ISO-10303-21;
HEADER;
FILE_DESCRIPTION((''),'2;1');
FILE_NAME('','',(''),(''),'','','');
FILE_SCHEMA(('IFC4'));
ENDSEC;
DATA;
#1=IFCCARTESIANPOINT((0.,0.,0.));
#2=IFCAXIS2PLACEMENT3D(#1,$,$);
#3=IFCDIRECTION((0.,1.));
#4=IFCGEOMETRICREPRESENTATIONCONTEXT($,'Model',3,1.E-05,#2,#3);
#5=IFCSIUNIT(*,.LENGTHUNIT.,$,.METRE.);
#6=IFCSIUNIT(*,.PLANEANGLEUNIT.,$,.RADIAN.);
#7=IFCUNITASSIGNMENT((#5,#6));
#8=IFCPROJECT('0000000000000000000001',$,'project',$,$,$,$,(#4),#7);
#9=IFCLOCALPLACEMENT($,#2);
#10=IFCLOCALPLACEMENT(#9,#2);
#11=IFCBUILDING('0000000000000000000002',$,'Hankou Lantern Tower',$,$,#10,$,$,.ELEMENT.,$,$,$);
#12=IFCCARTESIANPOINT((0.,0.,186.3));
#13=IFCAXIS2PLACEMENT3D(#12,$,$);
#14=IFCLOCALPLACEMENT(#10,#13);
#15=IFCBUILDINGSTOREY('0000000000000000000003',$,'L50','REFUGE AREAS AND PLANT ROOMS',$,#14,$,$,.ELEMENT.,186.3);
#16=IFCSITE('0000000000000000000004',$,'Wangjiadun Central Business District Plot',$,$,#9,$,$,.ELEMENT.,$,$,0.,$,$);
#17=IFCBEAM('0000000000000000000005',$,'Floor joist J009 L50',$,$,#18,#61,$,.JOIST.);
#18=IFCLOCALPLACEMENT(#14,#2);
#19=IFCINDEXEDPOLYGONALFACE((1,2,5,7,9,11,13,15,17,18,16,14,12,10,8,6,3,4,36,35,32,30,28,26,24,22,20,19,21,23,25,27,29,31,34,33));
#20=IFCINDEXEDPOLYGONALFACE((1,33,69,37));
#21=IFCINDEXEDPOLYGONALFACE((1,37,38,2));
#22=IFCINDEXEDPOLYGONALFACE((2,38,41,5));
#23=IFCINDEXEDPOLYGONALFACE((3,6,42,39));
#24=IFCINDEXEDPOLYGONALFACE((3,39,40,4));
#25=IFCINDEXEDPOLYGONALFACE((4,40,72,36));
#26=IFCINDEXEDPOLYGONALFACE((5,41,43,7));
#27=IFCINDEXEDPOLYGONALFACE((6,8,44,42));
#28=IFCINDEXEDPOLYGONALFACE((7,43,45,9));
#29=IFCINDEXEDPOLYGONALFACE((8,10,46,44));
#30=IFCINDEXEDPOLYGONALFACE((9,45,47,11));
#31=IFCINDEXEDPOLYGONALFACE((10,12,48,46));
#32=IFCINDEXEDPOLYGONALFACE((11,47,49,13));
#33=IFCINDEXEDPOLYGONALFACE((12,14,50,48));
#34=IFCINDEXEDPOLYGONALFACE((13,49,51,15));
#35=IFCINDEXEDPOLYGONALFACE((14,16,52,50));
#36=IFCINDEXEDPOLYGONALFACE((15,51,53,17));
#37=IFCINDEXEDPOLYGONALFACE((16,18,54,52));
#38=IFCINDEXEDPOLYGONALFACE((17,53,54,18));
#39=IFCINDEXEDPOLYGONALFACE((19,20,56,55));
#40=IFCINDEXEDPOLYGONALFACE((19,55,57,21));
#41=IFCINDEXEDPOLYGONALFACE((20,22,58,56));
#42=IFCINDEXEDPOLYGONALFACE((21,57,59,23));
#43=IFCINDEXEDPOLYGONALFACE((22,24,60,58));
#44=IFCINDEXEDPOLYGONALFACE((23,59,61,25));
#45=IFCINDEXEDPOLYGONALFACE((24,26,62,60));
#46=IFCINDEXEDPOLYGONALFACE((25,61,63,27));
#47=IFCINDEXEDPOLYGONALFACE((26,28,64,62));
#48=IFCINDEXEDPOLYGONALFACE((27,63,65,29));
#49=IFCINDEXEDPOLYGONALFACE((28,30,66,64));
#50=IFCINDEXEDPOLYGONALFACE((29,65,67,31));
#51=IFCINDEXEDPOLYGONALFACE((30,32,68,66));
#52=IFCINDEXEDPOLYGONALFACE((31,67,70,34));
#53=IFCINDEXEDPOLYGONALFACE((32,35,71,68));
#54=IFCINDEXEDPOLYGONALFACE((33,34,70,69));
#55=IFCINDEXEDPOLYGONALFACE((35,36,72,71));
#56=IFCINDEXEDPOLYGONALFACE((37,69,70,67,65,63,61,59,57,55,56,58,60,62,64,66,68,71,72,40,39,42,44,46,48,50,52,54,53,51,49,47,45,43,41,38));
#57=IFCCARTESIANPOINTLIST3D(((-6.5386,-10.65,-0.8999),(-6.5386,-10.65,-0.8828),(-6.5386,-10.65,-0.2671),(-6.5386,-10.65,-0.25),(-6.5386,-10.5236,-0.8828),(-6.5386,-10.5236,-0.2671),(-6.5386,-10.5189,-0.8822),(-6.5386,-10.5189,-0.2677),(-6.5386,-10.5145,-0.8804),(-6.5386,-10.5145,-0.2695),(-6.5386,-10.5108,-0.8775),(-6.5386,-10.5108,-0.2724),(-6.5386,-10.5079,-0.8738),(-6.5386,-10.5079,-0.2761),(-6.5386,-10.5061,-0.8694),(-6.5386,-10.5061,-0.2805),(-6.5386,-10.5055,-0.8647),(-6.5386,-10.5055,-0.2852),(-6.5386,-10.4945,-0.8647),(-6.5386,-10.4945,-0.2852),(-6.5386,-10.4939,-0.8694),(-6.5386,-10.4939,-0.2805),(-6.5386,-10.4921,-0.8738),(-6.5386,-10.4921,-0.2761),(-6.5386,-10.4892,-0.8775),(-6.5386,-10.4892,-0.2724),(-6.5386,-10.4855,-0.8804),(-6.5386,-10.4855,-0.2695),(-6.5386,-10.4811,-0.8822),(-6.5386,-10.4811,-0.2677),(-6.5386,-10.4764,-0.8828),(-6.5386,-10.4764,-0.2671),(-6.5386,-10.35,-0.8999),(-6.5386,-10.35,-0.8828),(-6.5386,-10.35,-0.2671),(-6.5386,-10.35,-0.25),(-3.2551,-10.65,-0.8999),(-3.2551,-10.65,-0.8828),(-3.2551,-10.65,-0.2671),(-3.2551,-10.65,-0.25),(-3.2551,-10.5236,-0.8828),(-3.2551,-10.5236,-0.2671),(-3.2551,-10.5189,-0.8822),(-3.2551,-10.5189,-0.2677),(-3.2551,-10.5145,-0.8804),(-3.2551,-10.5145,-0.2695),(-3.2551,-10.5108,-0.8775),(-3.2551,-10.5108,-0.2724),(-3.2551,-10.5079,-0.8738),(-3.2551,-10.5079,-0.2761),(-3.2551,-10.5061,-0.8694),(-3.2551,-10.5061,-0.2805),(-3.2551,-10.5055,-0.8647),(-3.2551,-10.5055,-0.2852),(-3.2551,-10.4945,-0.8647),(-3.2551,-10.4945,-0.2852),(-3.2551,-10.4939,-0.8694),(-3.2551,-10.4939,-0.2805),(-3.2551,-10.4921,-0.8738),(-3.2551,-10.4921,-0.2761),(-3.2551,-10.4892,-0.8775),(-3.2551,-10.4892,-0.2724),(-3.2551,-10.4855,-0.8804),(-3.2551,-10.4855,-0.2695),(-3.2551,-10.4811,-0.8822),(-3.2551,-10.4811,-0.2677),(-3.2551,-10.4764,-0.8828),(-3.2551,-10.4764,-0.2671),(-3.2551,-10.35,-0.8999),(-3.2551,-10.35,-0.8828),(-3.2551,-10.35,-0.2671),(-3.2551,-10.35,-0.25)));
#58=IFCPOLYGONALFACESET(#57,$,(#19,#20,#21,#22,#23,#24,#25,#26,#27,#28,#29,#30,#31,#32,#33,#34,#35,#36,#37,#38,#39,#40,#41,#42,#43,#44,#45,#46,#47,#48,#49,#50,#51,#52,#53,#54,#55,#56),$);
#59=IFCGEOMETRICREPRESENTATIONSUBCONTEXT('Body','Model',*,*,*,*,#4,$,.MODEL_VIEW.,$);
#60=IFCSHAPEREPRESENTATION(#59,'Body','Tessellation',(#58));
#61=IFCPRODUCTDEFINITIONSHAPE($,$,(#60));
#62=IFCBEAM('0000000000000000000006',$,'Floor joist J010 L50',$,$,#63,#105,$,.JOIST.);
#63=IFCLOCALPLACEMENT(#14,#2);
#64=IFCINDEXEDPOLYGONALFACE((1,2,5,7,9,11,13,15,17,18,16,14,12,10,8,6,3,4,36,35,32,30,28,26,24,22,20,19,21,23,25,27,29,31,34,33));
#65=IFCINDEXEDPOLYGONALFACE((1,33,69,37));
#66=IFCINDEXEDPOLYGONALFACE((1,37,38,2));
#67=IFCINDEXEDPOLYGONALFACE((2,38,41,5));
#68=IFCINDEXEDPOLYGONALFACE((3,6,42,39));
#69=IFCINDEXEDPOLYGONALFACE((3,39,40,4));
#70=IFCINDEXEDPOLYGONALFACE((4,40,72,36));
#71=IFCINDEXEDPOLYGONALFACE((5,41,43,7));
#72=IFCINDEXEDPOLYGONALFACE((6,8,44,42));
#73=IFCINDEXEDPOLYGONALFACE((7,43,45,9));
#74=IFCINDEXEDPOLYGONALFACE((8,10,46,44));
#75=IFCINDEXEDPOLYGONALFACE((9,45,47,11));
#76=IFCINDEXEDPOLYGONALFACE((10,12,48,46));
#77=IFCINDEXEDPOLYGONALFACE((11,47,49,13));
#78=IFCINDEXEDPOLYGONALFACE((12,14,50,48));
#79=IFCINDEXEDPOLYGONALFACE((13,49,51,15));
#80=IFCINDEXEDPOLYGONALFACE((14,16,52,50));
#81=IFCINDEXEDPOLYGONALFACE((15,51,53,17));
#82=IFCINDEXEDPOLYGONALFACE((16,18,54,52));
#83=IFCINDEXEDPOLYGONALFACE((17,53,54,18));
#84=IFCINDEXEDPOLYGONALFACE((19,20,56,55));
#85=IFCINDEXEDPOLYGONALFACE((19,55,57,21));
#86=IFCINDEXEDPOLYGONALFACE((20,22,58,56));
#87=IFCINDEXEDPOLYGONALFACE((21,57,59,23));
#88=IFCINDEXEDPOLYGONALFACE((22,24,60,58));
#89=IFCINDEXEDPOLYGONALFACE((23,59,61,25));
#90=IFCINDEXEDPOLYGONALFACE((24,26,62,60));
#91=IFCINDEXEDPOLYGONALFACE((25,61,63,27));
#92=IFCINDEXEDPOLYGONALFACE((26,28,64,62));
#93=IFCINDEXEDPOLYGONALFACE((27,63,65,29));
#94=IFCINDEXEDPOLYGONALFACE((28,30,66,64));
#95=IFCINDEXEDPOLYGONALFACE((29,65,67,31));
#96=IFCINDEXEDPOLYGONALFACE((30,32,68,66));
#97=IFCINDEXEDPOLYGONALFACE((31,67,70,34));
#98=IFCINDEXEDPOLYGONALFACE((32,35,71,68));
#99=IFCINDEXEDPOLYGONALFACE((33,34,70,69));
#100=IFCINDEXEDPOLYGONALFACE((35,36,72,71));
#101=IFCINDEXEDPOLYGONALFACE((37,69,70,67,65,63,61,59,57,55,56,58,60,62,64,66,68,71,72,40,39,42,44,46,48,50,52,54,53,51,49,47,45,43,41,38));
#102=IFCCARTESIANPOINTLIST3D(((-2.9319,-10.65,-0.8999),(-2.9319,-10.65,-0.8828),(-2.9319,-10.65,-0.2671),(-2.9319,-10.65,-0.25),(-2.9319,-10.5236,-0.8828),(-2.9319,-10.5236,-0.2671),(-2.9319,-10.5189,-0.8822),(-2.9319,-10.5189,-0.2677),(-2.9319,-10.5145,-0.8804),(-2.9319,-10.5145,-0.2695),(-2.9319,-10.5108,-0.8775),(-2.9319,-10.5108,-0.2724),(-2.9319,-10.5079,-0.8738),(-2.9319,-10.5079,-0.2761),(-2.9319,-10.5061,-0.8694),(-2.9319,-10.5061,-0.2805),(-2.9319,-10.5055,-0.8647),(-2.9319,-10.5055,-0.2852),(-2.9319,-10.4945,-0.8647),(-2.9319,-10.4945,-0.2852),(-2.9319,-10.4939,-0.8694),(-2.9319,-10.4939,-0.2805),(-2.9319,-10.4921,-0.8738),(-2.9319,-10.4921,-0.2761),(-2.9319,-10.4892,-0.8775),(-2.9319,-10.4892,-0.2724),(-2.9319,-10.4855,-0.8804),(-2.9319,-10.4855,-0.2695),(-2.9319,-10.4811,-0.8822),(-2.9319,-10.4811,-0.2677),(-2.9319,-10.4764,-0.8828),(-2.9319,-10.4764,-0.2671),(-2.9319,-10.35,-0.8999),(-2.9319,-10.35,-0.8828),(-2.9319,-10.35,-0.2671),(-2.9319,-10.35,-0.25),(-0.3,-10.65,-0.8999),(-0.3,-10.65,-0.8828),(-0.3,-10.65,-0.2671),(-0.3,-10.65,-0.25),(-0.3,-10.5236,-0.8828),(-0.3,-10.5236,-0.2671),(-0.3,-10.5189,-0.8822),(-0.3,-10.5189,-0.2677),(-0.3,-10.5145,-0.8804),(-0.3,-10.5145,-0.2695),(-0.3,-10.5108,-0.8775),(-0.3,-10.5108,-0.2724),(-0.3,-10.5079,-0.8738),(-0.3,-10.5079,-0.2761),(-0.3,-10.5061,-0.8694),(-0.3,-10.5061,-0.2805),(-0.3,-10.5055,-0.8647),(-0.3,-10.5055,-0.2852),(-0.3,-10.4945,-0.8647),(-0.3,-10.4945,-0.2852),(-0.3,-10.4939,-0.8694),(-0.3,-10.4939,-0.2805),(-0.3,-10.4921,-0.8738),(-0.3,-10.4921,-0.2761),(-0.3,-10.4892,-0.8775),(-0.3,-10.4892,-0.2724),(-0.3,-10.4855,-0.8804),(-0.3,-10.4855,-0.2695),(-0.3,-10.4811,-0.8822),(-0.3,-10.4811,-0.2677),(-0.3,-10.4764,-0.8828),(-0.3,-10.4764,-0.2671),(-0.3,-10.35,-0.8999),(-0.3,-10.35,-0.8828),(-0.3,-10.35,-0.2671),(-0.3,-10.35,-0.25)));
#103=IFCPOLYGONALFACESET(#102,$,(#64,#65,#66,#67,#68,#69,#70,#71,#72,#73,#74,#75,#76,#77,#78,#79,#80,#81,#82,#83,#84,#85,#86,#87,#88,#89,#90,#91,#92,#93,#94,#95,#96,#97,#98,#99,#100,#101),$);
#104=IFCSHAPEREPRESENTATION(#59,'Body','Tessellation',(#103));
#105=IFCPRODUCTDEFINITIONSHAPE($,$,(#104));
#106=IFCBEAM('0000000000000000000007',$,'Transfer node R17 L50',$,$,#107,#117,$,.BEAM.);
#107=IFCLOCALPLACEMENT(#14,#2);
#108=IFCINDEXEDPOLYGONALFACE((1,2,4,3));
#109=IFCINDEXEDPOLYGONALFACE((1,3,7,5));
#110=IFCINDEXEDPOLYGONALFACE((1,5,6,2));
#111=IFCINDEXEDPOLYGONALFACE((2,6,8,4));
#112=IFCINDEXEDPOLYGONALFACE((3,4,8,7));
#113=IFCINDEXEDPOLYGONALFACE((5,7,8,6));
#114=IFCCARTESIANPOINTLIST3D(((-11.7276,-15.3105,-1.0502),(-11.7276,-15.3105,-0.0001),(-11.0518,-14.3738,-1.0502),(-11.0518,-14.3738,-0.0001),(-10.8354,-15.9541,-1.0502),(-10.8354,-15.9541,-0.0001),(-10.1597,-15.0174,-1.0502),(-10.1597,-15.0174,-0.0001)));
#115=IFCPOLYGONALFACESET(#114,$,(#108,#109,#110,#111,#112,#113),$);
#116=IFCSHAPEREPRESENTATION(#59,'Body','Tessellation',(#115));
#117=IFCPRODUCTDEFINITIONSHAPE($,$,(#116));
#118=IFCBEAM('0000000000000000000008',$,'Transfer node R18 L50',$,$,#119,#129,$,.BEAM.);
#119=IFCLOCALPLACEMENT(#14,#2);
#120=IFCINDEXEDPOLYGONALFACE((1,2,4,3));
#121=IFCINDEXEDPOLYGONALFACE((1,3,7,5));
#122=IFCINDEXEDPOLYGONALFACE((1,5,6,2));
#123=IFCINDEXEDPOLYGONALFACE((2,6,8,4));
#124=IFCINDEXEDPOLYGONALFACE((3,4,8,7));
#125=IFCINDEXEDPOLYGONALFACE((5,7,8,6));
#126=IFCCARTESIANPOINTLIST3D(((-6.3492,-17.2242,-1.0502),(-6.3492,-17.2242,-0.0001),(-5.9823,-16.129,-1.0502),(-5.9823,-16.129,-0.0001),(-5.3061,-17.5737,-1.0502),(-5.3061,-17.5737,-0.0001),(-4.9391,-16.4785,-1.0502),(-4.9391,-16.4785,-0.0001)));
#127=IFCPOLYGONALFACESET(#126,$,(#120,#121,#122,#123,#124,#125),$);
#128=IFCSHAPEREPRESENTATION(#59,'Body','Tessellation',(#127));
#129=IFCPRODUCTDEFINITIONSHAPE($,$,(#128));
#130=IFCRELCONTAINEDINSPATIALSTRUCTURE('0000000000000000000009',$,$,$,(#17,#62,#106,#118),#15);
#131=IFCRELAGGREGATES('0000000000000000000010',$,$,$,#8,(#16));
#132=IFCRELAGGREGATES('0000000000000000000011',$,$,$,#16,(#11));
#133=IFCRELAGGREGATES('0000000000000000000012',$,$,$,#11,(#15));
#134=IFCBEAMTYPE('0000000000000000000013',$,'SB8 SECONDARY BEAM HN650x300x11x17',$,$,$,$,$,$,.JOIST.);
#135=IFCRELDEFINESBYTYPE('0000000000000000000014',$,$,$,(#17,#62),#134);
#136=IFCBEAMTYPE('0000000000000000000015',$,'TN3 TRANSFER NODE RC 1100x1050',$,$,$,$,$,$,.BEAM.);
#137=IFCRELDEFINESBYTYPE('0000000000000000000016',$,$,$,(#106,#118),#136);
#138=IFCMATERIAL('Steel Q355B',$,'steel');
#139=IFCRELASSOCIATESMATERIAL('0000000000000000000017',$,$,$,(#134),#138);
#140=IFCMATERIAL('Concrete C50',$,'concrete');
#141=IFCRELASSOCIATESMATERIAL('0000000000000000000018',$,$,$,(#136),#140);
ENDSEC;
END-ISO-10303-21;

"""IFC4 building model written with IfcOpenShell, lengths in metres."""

from ifc_helpers import new_model, si_unit, direction, frame, origin, origin_2d, place, context, subcontext, project, spatial, rectangle, i_section, extrude, material, material_profile, profile_set, type_object, element, save


model = new_model("IFC4")

# Units and contexts
model_context = context("Model", 3, precision=1e-05, world=origin(), true_north=direction((0.0, 1.0)))
body_context = subcontext(model_context, "Body", "Model", "MODEL_VIEW")
ifc_project = project(units=[si_unit("LENGTHUNIT", "METRE"), si_unit("PLANEANGLEUNIT", "RADIAN")], contexts=[model_context])

# Site, building, storey
site_placement = place(None, origin())
site = spatial("IfcSite", under=ifc_project, at=site_placement, Name="Wangjiadun Central Business District Plot", CompositionType="ELEMENT", RefElevation=0.0)
building_placement = place(site_placement, origin())
building = spatial("IfcBuilding", under=site, at=building_placement, Name="Hankou Lantern Tower", CompositionType="ELEMENT")
storey_placement = place(building_placement, frame((0.0, 0.0, 186.3)))
storey = spatial("IfcBuildingStorey", under=building, at=storey_placement, Name="L50", Description="REFUGE AREAS AND PLANT ROOMS", CompositionType="ELEMENT", Elevation=186.3)

# Beams
ifc_material_1 = material(Name="Steel Q355B", Category="steel")
ifc_material_profile_1 = material_profile(ifc_material_1, i_section(OverallWidth=0.3, OverallDepth=0.6499, WebThickness=0.011, FlangeThickness=0.0171, FilletRadius=0.0181, at=origin_2d()), Name="HN650x300x11x17")
ifc_profile_set_1 = profile_set([ifc_material_profile_1], Name="Steel Q355B")
beam_type_1 = type_object("IfcBeamType", Name="SB8 SECONDARY BEAM HN650x300x11x17", PredefinedType="JOIST", material=ifc_profile_set_1)
beam_1_placement = place(storey_placement, frame((-6.5386, -10.5, -0.575), z_axis=(1.0, 0.0, 0.0), x_axis=(0.0, 1.0, 0.0)))
element("IfcBeam", 1, at=beam_1_placement, inside=storey, type_object=beam_type_1, Name="Floor joist J009 L50", PredefinedType="JOIST", context=body_context, shape_type="SweptSolid", body=[
    extrude(i_section(OverallWidth=0.3, OverallDepth=0.6499, WebThickness=0.011, FlangeThickness=0.0171, FilletRadius=0.0181, at=origin_2d()), origin(), (0.0, 0.0, 1.0), 3.2834),
])
beam_2_placement = place(storey_placement, frame((-2.9319, -10.5, -0.575), z_axis=(1.0, 0.0, 0.0), x_axis=(0.0, 1.0, 0.0)))
element("IfcBeam", 2, at=beam_2_placement, inside=storey, type_object=beam_type_1, Name="Floor joist J010 L50", PredefinedType="JOIST", context=body_context, shape_type="SweptSolid", body=[
    extrude(i_section(OverallWidth=0.3, OverallDepth=0.6499, WebThickness=0.011, FlangeThickness=0.0171, FilletRadius=0.0181, at=origin_2d()), origin(), (0.0, 0.0, 1.0), 2.6318),
])
ifc_material_2 = material(Name="Concrete C50", Category="concrete")
ifc_material_profile_2 = material_profile(ifc_material_2, rectangle(XDim=1.1001, YDim=1.05, at=origin_2d()), Name="RC 1100x1050")
ifc_profile_set_2 = profile_set([ifc_material_profile_2], Name="Concrete C50")
beam_type_2 = type_object("IfcBeamType", Name="TN3 TRANSFER NODE RC 1100x1050", PredefinedType="BEAM", material=ifc_profile_set_2)
for number, where, z_axis, x_axis, name in (
    (3, (-11.2815, -15.6323, -0.5251), (0.585051, 0.810997, 0.0), (-0.810997, 0.585051, 0.0), "Transfer node R17 L50"),
    (4, (-5.8276, -17.3989, -0.5251), (0.317686, 0.948196, 0.0), (-0.948196, 0.317686, 0.0), "Transfer node R18 L50"),
):
    element("IfcBeam", number, at=place(storey_placement, frame(where, z_axis=z_axis, x_axis=x_axis)), inside=storey, type_object=beam_type_2, Name=name, PredefinedType="BEAM", context=body_context, shape_type="SweptSolid", body=[
        extrude(rectangle(XDim=1.1001, YDim=1.05, at=origin_2d()), origin(), (0.0, 0.0, 1.0), 1.155),
    ])

save(model, "model.ifc")
